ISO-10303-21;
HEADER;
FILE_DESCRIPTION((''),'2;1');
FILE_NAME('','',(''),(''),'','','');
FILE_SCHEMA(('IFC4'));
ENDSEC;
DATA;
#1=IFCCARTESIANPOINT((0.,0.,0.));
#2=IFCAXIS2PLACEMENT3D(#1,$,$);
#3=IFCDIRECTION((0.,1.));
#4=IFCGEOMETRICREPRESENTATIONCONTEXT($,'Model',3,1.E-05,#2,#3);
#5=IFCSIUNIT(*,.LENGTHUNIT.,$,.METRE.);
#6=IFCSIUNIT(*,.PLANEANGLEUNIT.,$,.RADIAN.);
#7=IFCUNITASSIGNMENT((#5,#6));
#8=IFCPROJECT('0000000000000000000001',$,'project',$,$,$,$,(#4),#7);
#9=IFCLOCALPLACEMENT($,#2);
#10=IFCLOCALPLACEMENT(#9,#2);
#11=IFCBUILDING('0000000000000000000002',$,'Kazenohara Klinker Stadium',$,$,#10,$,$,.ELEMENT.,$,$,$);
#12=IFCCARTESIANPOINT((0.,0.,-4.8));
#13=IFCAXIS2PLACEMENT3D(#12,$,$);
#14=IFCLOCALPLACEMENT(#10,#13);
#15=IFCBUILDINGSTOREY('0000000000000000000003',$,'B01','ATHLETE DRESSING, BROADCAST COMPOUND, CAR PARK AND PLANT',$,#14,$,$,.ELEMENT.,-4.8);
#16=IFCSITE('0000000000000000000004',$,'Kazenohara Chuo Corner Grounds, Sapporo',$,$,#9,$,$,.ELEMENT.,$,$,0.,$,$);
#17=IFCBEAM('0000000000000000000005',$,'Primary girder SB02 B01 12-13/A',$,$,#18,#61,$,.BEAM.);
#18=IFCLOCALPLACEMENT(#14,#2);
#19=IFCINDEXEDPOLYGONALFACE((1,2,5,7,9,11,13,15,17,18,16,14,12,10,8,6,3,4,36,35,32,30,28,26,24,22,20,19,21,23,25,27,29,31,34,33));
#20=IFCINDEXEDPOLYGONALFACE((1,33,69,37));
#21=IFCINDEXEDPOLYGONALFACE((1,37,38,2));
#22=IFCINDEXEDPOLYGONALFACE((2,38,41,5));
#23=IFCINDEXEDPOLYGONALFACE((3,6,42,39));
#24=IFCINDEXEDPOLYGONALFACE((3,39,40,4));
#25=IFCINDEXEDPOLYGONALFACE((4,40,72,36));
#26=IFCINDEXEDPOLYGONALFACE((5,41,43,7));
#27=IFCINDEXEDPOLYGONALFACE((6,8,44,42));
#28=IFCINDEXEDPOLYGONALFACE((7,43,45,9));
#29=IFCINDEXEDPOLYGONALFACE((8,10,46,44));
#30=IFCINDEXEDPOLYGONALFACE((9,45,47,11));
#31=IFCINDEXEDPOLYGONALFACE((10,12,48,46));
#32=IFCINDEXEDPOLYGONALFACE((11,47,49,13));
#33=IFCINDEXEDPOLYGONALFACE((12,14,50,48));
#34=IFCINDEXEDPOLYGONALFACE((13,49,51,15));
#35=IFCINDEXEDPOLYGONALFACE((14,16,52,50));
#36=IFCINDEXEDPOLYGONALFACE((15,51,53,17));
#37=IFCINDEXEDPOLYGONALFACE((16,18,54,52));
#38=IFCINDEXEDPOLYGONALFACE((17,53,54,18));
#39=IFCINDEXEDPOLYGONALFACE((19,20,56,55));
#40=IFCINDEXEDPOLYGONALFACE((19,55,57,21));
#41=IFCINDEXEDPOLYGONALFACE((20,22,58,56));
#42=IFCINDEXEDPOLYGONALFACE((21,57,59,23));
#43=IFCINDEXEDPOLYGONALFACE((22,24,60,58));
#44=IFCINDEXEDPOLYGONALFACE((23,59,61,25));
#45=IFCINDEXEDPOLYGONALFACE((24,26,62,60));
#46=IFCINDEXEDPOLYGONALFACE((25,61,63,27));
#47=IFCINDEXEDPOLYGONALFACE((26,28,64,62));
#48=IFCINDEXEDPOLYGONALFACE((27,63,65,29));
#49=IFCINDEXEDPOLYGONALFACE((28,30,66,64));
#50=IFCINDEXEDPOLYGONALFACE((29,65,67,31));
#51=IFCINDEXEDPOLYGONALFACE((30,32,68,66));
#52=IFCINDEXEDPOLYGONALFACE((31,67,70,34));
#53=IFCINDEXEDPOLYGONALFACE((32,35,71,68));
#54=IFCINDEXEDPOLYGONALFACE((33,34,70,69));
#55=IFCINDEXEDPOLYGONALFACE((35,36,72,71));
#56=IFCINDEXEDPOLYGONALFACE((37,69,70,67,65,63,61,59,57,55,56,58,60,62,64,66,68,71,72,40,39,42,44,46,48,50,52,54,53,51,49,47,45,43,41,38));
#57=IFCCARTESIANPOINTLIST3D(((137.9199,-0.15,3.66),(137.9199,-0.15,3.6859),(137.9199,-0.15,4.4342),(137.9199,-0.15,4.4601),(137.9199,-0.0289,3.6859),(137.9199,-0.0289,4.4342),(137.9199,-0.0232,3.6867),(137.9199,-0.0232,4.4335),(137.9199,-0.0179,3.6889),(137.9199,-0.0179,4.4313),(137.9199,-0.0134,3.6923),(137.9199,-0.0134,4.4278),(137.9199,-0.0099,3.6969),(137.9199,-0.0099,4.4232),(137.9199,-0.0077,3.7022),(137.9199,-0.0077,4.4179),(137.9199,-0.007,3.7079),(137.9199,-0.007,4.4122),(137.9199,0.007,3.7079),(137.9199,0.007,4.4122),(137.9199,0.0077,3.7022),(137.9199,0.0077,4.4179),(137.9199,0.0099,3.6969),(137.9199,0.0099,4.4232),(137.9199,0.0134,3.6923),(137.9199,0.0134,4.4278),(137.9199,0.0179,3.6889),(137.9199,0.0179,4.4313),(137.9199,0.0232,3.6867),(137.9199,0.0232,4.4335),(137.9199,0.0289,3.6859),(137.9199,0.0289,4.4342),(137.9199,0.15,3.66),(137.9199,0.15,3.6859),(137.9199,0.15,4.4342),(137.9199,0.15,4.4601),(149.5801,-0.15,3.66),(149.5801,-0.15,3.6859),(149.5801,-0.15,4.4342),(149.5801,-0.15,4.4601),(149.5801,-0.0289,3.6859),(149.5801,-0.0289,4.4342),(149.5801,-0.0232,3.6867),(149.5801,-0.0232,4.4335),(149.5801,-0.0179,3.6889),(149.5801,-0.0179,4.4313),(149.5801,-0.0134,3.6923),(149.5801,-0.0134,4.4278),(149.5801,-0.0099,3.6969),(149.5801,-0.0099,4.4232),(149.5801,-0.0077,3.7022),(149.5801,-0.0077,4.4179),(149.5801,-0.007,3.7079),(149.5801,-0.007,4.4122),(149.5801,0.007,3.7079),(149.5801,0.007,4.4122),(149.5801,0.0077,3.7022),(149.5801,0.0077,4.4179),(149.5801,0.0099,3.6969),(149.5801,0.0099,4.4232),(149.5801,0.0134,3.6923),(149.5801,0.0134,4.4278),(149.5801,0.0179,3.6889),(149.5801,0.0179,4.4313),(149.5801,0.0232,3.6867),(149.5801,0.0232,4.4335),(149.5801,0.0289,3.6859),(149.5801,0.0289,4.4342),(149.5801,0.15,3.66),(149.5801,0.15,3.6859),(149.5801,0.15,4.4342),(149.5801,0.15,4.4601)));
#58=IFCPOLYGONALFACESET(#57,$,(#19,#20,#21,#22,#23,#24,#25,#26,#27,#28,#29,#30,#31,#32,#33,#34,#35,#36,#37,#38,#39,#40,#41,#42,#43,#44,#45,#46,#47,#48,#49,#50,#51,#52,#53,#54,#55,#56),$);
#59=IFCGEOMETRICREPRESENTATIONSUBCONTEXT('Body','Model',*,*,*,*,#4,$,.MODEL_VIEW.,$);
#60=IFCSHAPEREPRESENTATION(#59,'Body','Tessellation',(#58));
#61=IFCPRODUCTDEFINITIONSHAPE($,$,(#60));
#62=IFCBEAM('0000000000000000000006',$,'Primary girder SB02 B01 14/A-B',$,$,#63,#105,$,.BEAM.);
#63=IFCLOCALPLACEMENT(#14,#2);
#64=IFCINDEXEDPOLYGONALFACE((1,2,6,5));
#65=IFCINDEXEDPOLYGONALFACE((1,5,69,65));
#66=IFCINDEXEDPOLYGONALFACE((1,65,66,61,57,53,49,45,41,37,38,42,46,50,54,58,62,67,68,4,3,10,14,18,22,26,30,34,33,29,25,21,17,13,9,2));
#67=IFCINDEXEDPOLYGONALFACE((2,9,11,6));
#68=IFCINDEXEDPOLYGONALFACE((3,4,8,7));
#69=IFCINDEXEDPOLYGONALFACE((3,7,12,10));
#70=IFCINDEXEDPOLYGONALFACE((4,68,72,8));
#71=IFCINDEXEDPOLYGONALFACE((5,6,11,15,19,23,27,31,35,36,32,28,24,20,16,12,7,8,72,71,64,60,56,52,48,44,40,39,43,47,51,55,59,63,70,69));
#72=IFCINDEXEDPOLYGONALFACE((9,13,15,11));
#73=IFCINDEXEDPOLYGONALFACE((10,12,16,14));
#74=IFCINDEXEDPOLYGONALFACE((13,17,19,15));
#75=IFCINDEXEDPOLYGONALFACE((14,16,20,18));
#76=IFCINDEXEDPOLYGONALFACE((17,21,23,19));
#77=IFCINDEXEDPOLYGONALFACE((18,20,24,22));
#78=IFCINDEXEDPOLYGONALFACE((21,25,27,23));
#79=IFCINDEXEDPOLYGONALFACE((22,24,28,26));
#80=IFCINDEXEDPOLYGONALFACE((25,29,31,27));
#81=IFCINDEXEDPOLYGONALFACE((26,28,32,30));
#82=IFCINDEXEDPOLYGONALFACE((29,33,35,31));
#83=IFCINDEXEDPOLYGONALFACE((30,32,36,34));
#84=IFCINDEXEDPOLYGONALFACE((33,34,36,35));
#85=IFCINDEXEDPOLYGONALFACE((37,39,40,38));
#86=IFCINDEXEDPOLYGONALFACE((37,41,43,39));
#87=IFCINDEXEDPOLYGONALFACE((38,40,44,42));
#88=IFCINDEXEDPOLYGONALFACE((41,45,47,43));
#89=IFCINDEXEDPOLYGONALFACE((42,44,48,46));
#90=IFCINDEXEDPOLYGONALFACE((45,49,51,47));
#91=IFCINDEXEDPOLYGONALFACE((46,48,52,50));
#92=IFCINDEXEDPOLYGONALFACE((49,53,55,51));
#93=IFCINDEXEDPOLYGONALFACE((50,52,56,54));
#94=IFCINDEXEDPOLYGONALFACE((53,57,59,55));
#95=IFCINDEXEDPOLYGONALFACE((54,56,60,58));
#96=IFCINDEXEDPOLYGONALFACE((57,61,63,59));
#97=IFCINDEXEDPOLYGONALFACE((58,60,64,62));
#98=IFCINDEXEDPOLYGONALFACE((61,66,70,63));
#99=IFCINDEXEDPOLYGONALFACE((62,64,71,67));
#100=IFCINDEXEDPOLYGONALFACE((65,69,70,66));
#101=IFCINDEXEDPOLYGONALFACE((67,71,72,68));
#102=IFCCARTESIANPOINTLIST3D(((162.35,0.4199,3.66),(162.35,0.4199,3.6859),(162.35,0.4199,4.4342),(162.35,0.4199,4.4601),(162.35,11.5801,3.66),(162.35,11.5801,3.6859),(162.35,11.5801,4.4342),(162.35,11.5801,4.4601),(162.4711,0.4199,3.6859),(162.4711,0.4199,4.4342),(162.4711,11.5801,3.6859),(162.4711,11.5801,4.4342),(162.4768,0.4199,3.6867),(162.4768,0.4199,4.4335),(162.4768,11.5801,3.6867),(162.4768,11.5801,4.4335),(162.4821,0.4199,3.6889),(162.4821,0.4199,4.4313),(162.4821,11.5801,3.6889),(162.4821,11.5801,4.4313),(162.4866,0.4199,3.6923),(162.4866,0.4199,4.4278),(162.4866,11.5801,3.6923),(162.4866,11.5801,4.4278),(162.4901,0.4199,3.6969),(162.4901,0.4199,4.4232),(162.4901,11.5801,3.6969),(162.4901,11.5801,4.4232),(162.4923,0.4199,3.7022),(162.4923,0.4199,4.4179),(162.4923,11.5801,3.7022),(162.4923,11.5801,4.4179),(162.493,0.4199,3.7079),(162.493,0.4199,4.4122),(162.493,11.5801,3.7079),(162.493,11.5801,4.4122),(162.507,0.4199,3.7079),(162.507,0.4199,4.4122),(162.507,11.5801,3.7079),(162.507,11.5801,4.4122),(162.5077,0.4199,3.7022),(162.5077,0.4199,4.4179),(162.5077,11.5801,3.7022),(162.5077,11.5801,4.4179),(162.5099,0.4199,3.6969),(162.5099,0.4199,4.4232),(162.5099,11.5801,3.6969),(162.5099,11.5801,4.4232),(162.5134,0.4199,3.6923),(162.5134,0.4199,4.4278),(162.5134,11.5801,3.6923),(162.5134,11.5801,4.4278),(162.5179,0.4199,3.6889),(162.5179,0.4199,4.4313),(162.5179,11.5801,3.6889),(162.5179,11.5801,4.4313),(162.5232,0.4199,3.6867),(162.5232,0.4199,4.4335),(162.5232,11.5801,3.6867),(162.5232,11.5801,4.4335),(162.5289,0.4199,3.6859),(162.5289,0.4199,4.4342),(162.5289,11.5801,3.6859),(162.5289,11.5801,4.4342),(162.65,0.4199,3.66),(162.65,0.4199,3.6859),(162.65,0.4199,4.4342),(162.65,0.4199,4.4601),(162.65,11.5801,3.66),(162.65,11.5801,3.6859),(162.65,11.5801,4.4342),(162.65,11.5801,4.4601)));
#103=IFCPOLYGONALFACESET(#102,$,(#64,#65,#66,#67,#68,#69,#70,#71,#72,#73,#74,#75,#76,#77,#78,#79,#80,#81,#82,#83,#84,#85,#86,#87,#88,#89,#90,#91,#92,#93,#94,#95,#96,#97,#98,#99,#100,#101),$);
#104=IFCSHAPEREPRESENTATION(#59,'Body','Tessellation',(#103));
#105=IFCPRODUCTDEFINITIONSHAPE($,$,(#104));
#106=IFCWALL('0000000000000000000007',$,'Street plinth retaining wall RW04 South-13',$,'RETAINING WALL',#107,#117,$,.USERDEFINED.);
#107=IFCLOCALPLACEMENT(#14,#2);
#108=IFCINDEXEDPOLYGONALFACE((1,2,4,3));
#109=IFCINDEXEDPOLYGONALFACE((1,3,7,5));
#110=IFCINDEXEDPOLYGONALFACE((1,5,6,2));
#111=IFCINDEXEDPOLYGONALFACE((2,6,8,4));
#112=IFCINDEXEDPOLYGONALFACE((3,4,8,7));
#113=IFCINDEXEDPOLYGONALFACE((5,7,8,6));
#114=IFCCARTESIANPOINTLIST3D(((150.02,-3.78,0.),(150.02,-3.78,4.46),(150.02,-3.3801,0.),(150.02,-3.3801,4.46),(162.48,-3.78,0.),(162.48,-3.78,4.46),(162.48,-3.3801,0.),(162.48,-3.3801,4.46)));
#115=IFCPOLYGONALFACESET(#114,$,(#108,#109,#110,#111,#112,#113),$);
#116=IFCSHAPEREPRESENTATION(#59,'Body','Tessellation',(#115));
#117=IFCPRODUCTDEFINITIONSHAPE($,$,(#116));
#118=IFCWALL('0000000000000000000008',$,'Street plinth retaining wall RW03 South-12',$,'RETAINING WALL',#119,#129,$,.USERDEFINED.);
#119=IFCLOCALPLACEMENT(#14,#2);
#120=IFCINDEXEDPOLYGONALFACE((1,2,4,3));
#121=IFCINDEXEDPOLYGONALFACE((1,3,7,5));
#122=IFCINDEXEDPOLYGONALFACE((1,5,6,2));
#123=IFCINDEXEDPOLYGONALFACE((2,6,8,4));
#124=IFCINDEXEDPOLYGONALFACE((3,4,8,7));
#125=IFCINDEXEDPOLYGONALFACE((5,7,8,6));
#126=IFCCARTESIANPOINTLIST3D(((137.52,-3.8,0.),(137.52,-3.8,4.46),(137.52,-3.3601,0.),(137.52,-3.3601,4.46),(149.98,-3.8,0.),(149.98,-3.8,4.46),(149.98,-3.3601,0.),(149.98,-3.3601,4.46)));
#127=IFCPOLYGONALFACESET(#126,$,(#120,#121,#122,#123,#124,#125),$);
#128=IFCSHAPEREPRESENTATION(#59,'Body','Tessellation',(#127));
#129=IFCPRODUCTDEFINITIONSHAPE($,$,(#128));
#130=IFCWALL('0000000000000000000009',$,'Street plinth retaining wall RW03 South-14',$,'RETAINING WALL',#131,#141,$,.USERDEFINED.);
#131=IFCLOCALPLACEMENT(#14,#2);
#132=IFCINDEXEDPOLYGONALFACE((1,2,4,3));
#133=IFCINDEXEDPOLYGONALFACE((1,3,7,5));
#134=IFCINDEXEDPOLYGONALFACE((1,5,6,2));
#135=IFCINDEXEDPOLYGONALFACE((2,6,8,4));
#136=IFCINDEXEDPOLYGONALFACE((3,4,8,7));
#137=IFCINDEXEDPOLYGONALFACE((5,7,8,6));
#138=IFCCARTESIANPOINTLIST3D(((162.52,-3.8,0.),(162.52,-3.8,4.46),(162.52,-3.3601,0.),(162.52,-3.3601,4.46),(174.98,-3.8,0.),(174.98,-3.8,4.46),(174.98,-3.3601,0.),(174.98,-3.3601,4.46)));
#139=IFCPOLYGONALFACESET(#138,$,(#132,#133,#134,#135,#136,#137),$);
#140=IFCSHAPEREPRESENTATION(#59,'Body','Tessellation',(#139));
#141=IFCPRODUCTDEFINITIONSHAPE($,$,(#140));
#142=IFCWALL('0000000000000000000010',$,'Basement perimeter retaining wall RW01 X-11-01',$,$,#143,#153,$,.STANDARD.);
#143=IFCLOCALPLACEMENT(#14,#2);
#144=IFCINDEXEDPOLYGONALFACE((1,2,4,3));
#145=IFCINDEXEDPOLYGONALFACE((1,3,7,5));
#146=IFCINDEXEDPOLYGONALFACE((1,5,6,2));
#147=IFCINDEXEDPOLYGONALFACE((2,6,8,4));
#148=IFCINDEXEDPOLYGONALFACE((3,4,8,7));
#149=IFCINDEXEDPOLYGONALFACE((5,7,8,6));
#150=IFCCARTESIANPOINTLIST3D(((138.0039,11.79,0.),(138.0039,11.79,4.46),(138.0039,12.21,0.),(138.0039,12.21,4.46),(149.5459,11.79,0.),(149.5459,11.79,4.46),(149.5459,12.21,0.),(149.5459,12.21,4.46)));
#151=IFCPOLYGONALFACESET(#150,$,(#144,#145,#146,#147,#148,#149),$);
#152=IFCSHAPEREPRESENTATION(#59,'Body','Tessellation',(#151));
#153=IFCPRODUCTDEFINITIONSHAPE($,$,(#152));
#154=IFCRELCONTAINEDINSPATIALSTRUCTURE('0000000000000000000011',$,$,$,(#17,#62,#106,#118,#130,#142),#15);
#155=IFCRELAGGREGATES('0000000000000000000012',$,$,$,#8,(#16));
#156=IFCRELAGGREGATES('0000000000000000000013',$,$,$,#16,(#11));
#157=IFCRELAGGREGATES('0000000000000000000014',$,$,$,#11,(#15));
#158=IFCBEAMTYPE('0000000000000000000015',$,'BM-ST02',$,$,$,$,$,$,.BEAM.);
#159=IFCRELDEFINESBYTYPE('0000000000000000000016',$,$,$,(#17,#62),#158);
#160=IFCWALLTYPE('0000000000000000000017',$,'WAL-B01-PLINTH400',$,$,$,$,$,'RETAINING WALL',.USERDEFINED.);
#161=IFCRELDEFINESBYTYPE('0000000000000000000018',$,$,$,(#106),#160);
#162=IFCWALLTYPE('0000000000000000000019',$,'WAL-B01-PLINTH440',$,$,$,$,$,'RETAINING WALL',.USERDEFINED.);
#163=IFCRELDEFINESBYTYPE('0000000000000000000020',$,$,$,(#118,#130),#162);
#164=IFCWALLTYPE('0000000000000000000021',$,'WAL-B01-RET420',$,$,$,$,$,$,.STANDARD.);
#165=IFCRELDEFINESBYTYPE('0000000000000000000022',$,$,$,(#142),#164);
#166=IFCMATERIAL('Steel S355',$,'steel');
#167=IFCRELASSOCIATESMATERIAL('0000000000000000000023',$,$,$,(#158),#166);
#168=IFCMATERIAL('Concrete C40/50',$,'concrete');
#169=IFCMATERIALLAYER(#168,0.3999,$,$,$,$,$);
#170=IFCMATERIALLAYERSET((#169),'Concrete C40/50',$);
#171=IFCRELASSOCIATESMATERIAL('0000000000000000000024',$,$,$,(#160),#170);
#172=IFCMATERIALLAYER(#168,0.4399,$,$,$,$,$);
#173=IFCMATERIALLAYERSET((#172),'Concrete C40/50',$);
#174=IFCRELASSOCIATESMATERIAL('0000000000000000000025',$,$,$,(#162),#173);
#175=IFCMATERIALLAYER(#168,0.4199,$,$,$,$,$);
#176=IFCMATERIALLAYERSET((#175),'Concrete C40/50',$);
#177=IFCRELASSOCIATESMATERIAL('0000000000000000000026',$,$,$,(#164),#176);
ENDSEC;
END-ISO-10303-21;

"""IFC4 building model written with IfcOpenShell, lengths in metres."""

from ifc_helpers import new_model, si_unit, direction, frame, frame_2d, origin, origin_2d, place, context, subcontext, project, spatial, rectangle, i_section, extrude, material, layer, layer_set, material_profile, profile_set, type_object, element, save


model = new_model("IFC4")

# Units and contexts
model_context = context("Model", 3, precision=1e-05, world=origin(), true_north=direction((0.0, 1.0)))
body_context = subcontext(model_context, "Body", "Model", "MODEL_VIEW")
ifc_project = project(units=[si_unit("LENGTHUNIT", "METRE"), si_unit("PLANEANGLEUNIT", "RADIAN")], contexts=[model_context])

# Site, building, storey
site_placement = place(None, origin())
site = spatial("IfcSite", under=ifc_project, at=site_placement, Name="Kazenohara Chuo Corner Grounds, Sapporo", CompositionType="ELEMENT", RefElevation=0.0)
building_placement = place(site_placement, origin())
building = spatial("IfcBuilding", under=site, at=building_placement, Name="Kazenohara Klinker Stadium", CompositionType="ELEMENT")
storey_placement = place(building_placement, frame((0.0, 0.0, -4.8)))
storey = spatial("IfcBuildingStorey", under=building, at=storey_placement, Name="B01", Description="ATHLETE DRESSING, BROADCAST COMPOUND, CAR PARK AND PLANT", CompositionType="ELEMENT", Elevation=-4.8)

# Shared definitions
ifc_material_1 = material(Name="Concrete C40/50", Category="concrete")

# Beams
ifc_material_2 = material(Name="Steel S355", Category="steel")
ifc_material_profile_1 = material_profile(ifc_material_2, i_section(OverallWidth=0.3, OverallDepth=0.8, WebThickness=0.0139, FlangeThickness=0.0259, FilletRadius=0.022, at=origin_2d()), Name="H-800x300x14x26")
ifc_profile_set_1 = profile_set([ifc_material_profile_1], Name="Steel S355")
beam_type_1 = type_object("IfcBeamType", Name="BM-ST02", PredefinedType="BEAM", material=ifc_profile_set_1)
beam_1_placement = place(storey_placement, frame((137.9199, 0.0, 4.0601), z_axis=(1.0, 0.0, 0.0), x_axis=(0.0, 1.0, 0.0)))
element("IfcBeam", 1, at=beam_1_placement, inside=storey, type_object=beam_type_1, Name="Primary girder SB02 B01 12-13/A", PredefinedType="BEAM", context=body_context, shape_type="SweptSolid", body=[
    extrude(i_section(OverallWidth=0.3, OverallDepth=0.8, WebThickness=0.0139, FlangeThickness=0.0259, FilletRadius=0.022, at=origin_2d()), origin(), (0.0, 0.0, 1.0), 11.6602),
])
beam_2_placement = place(storey_placement, frame((162.5, 0.4199, 4.0601), z_axis=(0.0, 1.0, 0.0), x_axis=(-1.0, 0.0, 0.0)))
element("IfcBeam", 2, at=beam_2_placement, inside=storey, type_object=beam_type_1, Name="Primary girder SB02 B01 14/A-B", PredefinedType="BEAM", context=body_context, shape_type="SweptSolid", body=[
    extrude(i_section(OverallWidth=0.3, OverallDepth=0.8, WebThickness=0.0139, FlangeThickness=0.0259, FilletRadius=0.022, at=origin_2d()), origin(), (0.0, 0.0, 1.0), 11.1602),
])

# Walls
ifc_layer_1 = layer(ifc_material_1, 0.3999)
ifc_layer_set_1 = layer_set([ifc_layer_1], Name="Concrete C40/50")
wall_type_1 = type_object("IfcWallType", Name="WAL-B01-PLINTH400", ElementType="RETAINING WALL", PredefinedType="USERDEFINED", material=ifc_layer_set_1)
wall_1_placement = place(storey_placement, frame((150.02, -3.5801, 0.0), z_axis=(0.0, 0.0, 1.0), x_axis=(1.0, 0.0, 0.0)))
element("IfcWall", 3, at=wall_1_placement, inside=storey, type_object=wall_type_1, Name="Street plinth retaining wall RW04 South-13", ObjectType="RETAINING WALL", PredefinedType="USERDEFINED", context=body_context, shape_type="SweptSolid", body=[
    extrude(rectangle(XDim=12.46, YDim=0.3999, at=frame_2d((6.23, 0.0))), origin(), (0.0, 0.0, 1.0), 4.46),
])
ifc_layer_2 = layer(ifc_material_1, 0.4399)
ifc_layer_set_2 = layer_set([ifc_layer_2], Name="Concrete C40/50")
wall_type_2 = type_object("IfcWallType", Name="WAL-B01-PLINTH440", ElementType="RETAINING WALL", PredefinedType="USERDEFINED", material=ifc_layer_set_2)
for number, where, z_axis, x_axis, name in (
    (4, (137.52, -3.5801, 0.0), (0.0, 0.0, 1.0), (1.0, 0.0, 0.0), "Street plinth retaining wall RW03 South-12"),
    (5, (162.52, -3.5801, 0.0), (0.0, 0.0, 1.0), (1.0, 0.0, 0.0), "Street plinth retaining wall RW03 South-14"),
):
    element("IfcWall", number, at=place(storey_placement, frame(where, z_axis=z_axis, x_axis=x_axis)), inside=storey, type_object=wall_type_2, Name=name, ObjectType="RETAINING WALL", PredefinedType="USERDEFINED", context=body_context, shape_type="SweptSolid", body=[
        extrude(rectangle(XDim=12.46, YDim=0.4399, at=frame_2d((6.23, 0.0))), origin(), (0.0, 0.0, 1.0), 4.46),
    ])
ifc_layer_3 = layer(ifc_material_1, 0.4199)
ifc_layer_set_3 = layer_set([ifc_layer_3], Name="Concrete C40/50")
wall_type_3 = type_object("IfcWallType", Name="WAL-B01-RET420", PredefinedType="STANDARD", material=ifc_layer_set_3)
wall_2_placement = place(storey_placement, frame((138.0039, 12.0, 0.0), z_axis=(0.0, 0.0, 1.0), x_axis=(1.0, 0.0, 0.0)))
element("IfcWall", 6, at=wall_2_placement, inside=storey, type_object=wall_type_3, Name="Basement perimeter retaining wall RW01 X-11-01", PredefinedType="STANDARD", context=body_context, shape_type="SweptSolid", body=[
    extrude(rectangle(XDim=11.542, YDim=0.4199, at=frame_2d((5.771, 0.0))), origin(), (0.0, 0.0, 1.0), 4.46),
])

save(model, "model.ifc")
